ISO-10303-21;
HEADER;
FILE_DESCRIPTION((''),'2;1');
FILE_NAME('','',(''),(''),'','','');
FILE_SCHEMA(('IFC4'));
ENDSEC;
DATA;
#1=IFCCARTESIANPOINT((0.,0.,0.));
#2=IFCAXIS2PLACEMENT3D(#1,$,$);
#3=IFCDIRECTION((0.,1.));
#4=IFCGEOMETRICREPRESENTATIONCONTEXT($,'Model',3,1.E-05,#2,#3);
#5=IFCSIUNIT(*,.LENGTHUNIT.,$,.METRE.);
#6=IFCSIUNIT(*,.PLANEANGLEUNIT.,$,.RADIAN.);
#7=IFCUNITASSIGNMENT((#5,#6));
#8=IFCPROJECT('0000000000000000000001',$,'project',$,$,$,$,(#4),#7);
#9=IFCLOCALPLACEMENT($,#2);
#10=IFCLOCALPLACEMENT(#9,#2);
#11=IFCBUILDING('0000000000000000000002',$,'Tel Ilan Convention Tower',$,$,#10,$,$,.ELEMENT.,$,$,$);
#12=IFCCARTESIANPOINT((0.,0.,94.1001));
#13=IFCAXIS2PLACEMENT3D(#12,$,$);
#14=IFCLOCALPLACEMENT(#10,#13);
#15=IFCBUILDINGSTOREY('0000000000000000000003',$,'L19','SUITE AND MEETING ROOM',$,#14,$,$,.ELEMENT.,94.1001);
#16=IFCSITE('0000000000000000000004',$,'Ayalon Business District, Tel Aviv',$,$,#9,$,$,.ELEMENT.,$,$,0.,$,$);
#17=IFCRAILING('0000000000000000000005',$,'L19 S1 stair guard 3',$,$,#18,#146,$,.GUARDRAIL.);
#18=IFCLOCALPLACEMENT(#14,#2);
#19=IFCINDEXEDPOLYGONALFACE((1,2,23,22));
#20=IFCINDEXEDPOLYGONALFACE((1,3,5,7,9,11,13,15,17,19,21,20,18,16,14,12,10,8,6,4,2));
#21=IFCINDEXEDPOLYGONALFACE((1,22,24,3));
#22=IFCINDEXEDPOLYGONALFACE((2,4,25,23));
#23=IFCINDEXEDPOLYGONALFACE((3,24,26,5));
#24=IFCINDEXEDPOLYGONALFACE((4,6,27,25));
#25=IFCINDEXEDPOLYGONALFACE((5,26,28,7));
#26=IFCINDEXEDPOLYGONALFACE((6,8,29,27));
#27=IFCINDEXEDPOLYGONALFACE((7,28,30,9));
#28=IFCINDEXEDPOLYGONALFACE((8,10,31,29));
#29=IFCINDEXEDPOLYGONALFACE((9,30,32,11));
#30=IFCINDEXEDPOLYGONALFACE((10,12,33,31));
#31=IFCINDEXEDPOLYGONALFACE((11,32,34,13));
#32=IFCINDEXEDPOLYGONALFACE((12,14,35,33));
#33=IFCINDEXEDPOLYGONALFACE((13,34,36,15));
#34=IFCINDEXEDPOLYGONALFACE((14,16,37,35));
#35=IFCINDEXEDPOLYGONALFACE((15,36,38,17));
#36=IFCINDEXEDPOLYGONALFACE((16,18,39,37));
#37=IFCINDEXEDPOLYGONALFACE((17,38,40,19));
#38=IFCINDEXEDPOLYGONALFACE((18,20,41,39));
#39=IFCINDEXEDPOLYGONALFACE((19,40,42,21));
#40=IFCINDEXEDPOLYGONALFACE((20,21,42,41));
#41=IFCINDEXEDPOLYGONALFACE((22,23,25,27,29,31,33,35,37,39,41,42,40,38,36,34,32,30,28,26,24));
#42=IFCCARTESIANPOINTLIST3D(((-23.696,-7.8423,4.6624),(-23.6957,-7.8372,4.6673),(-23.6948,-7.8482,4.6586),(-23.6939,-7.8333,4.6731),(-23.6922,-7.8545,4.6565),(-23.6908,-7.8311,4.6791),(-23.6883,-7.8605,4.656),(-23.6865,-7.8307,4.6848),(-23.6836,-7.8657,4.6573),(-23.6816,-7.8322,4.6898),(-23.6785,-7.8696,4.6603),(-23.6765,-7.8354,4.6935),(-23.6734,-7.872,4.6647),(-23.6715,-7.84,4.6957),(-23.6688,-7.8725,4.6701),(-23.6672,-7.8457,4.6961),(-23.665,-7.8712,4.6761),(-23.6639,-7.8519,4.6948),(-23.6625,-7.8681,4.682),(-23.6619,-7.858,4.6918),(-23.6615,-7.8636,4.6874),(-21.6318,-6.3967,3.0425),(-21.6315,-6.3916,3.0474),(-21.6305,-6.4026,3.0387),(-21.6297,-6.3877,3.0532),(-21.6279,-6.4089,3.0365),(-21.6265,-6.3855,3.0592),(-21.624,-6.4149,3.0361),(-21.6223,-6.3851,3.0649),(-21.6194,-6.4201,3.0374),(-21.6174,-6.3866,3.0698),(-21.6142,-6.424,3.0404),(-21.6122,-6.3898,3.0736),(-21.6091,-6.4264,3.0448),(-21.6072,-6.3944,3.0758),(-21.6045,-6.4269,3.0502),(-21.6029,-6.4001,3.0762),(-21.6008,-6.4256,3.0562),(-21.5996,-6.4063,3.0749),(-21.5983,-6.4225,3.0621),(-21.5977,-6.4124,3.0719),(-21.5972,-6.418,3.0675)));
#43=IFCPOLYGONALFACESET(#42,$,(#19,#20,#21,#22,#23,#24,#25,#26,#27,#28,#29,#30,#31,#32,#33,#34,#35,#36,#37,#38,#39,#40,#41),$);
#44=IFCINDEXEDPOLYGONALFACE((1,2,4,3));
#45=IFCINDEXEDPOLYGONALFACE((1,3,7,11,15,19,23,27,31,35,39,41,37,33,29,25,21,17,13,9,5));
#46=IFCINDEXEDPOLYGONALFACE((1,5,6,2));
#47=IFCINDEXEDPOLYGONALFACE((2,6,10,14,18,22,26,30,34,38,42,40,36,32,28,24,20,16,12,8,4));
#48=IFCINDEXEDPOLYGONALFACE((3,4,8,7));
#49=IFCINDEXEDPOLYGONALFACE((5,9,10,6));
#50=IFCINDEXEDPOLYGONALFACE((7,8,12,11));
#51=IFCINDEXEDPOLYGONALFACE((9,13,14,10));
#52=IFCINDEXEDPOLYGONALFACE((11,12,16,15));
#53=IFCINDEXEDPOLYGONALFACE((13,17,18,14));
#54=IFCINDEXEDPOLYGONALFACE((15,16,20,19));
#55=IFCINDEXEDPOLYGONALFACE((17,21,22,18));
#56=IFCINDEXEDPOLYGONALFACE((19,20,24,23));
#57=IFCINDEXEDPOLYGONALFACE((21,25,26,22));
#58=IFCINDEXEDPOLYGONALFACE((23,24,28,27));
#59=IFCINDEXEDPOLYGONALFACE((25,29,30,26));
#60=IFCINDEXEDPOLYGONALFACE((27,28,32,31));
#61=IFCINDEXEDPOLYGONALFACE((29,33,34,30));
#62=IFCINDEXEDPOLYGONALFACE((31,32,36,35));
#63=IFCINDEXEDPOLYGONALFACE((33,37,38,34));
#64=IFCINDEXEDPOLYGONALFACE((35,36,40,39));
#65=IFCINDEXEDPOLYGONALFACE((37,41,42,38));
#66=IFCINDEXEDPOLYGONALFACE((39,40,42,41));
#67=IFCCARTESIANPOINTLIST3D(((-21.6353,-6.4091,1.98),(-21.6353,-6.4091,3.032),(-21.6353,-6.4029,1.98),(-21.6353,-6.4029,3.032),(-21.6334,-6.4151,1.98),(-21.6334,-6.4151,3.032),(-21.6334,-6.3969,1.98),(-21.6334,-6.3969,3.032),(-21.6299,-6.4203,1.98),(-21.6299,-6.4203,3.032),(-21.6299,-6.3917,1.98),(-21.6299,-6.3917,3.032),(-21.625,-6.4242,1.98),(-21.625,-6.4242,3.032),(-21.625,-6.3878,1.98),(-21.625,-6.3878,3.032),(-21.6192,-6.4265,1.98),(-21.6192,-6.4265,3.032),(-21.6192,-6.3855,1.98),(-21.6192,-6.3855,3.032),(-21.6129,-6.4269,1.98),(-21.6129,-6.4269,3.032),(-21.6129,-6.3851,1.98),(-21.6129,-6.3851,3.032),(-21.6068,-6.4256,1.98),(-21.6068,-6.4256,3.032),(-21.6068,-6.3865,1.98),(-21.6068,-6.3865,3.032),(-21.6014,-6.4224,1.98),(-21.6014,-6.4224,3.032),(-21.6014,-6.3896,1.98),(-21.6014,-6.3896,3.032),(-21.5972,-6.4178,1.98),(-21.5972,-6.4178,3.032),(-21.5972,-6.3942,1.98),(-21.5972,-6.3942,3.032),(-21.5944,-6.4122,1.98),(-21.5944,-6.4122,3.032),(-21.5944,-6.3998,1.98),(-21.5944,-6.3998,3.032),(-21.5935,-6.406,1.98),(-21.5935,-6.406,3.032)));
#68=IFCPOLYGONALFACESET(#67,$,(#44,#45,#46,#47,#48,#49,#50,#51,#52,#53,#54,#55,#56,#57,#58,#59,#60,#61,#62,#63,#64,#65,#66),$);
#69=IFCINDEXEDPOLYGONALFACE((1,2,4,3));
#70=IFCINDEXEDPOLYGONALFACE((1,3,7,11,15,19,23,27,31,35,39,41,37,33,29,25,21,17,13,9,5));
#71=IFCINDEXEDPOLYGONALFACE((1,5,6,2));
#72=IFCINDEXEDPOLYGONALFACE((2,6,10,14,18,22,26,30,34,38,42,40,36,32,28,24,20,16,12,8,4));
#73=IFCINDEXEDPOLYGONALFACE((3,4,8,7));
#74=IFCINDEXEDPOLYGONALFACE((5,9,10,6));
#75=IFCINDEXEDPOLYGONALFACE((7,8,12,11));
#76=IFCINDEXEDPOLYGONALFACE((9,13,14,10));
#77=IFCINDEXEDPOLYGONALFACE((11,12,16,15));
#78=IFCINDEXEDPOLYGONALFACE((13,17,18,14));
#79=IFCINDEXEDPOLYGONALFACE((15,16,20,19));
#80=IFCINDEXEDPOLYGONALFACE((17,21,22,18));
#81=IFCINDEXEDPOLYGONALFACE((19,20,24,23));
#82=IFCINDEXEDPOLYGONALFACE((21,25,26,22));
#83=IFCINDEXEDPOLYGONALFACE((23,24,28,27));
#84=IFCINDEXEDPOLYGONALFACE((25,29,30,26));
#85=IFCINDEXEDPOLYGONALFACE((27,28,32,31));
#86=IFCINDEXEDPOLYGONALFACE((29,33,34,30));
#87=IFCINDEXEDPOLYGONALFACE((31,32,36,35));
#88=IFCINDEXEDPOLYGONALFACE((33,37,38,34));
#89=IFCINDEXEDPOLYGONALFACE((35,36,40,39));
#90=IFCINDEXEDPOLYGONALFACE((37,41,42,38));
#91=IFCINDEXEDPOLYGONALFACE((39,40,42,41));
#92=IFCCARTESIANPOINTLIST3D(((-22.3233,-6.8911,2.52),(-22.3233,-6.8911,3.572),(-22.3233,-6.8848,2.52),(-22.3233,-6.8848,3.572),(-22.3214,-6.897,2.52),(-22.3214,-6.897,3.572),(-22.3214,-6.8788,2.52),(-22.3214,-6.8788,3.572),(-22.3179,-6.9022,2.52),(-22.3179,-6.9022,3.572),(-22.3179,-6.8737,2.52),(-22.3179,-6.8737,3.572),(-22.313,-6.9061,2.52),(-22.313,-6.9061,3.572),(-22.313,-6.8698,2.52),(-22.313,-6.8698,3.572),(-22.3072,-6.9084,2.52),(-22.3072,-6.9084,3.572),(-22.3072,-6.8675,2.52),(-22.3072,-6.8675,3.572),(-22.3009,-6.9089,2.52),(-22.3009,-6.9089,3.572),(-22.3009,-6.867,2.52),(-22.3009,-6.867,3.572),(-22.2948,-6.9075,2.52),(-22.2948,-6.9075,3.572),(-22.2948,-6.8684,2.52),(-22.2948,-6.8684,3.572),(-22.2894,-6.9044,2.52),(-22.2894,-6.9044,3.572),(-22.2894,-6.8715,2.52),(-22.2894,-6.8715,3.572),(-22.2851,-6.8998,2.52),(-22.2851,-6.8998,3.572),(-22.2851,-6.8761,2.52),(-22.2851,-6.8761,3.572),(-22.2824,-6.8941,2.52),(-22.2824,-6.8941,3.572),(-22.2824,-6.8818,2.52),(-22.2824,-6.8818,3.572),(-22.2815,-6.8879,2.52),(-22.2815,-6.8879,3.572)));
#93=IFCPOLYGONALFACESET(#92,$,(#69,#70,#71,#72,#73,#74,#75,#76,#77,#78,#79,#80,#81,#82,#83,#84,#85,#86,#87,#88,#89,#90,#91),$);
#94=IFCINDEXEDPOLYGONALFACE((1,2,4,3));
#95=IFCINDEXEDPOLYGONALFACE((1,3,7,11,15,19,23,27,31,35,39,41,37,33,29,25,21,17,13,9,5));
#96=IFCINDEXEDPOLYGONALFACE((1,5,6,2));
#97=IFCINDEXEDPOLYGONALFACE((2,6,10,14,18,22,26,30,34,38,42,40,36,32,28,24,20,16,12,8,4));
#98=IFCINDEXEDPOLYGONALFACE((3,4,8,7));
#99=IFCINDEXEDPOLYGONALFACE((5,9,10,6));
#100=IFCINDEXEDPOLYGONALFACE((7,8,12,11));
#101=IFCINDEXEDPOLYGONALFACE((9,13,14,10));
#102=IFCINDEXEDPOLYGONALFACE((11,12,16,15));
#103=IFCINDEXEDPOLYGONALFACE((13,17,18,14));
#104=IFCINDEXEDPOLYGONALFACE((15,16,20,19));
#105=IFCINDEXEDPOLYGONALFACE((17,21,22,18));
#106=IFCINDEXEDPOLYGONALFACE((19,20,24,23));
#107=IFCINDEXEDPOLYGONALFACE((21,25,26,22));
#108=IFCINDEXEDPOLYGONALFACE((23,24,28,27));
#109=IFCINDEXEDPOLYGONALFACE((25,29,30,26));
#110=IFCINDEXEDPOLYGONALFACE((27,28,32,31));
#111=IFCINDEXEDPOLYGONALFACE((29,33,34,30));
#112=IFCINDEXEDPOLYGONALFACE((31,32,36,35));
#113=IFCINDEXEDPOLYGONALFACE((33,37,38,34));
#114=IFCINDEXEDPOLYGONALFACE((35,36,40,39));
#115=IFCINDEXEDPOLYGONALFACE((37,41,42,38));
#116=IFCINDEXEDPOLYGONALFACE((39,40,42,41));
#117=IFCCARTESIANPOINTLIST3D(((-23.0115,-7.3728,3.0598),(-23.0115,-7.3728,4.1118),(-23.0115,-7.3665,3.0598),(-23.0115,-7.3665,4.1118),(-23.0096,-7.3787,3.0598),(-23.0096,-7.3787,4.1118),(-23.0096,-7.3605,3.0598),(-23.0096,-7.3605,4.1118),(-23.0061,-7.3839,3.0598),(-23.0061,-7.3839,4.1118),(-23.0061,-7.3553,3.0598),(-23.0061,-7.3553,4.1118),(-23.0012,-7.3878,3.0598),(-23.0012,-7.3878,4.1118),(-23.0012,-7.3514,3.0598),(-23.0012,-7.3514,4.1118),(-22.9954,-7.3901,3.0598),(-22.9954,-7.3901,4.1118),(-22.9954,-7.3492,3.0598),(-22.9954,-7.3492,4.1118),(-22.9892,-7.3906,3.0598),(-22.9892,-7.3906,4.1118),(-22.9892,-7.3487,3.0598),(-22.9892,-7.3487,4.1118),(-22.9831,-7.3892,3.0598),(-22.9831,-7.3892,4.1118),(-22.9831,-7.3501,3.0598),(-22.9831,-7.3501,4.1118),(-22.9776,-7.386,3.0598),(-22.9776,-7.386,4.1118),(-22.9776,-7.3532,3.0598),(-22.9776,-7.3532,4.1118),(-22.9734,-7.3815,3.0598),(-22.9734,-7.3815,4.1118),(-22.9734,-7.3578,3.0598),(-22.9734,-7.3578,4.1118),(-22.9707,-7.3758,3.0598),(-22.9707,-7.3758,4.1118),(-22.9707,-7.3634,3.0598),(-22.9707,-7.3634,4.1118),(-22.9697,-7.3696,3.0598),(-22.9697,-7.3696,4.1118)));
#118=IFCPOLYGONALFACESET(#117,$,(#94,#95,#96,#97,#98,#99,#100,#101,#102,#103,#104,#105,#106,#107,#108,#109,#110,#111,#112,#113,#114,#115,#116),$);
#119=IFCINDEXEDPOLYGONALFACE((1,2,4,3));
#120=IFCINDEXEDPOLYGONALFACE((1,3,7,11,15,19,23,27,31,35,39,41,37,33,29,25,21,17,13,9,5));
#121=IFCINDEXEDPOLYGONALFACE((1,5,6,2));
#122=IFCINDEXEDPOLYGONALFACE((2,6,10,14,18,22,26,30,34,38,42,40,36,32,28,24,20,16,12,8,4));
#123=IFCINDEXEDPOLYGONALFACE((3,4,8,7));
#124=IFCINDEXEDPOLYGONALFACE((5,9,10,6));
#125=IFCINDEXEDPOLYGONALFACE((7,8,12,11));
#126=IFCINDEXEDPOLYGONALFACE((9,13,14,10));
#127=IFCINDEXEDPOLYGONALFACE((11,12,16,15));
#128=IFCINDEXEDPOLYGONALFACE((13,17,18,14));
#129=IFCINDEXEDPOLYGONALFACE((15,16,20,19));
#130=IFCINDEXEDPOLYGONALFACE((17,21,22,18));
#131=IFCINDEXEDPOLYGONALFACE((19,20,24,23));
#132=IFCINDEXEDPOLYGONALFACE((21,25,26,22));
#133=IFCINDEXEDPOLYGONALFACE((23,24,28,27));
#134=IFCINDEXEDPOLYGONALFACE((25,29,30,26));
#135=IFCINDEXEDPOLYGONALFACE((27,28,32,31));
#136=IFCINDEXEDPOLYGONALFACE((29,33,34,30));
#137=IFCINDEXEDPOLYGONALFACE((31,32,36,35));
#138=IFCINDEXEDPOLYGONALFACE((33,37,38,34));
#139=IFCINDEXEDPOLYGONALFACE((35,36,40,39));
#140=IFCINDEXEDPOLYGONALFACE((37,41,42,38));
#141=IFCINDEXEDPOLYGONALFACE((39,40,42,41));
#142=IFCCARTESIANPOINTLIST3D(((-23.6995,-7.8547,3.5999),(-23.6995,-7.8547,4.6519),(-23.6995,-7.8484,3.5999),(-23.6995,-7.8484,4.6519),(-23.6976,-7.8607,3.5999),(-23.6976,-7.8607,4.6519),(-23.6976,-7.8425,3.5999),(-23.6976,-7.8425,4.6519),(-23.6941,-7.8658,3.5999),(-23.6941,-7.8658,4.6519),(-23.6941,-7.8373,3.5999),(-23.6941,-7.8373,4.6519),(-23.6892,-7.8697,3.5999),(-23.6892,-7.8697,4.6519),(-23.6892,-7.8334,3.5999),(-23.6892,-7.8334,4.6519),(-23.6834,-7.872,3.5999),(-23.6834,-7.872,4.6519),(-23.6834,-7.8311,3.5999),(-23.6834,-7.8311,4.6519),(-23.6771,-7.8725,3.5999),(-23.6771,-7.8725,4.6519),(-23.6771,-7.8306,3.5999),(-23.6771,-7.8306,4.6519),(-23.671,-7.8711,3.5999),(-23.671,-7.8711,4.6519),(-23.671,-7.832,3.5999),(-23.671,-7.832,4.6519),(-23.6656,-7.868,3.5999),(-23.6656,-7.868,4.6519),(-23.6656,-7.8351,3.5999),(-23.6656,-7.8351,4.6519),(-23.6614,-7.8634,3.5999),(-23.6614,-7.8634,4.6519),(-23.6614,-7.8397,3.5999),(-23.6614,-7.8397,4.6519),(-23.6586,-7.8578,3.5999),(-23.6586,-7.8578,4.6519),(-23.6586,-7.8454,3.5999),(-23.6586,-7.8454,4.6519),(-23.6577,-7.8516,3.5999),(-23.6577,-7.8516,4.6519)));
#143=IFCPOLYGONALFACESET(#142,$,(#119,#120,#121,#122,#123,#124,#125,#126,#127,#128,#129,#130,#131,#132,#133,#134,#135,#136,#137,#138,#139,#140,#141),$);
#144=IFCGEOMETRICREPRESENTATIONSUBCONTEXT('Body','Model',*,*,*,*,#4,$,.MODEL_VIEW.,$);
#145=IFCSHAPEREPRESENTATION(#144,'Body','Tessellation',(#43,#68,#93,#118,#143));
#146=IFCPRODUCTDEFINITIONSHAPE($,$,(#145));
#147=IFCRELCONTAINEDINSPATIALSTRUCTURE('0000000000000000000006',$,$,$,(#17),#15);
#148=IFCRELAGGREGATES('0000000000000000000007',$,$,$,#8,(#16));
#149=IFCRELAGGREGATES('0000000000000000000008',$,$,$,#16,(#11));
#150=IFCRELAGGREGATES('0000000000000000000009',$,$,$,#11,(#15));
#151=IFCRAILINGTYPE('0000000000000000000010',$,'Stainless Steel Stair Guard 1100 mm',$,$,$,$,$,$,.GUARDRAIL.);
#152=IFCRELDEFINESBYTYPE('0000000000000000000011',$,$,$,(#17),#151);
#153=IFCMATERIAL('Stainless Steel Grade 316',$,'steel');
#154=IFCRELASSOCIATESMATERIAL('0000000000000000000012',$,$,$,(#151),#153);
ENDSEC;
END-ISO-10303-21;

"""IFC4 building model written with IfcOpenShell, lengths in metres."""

from ifc_helpers import new_model, si_unit, direction, frame, origin, origin_2d, place, context, subcontext, project, spatial, circle, extrude, material, type_object, element, save


model = new_model("IFC4")

# Units and contexts
model_context = context("Model", 3, precision=1e-05, world=origin(), true_north=direction((0.0, 1.0)))
body_context = subcontext(model_context, "Body", "Model", "MODEL_VIEW")
ifc_project = project(units=[si_unit("LENGTHUNIT", "METRE"), si_unit("PLANEANGLEUNIT", "RADIAN")], contexts=[model_context])

# Site, building, storey
site_placement = place(None, origin())
site = spatial("IfcSite", under=ifc_project, at=site_placement, Name="Ayalon Business District, Tel Aviv", CompositionType="ELEMENT", RefElevation=0.0)
building_placement = place(site_placement, origin())
building = spatial("IfcBuilding", under=site, at=building_placement, Name="Tel Ilan Convention Tower", CompositionType="ELEMENT")
storey_placement = place(building_placement, frame((0.0, 0.0, 94.1001)))
storey = spatial("IfcBuildingStorey", under=building, at=storey_placement, Name="L19", Description="SUITE AND MEETING ROOM", CompositionType="ELEMENT", Elevation=94.1001)

# Railing
ifc_material_1 = material(Name="Stainless Steel Grade 316", Category="steel")
railing_type_1 = type_object("IfcRailingType", Name="Stainless Steel Stair Guard 1100 mm", PredefinedType="GUARDRAIL", material=ifc_material_1)
railing_1_placement = place(storey_placement, frame((-21.6145, -6.406, 1.98)))
element("IfcRailing", 1, at=railing_1_placement, inside=storey, type_object=railing_type_1, Name="L19 S1 stair guard 3", PredefinedType="GUARDRAIL", context=body_context, shape_type="SweptSolid", body=[
    extrude(circle(Radius=0.0239, at=origin_2d()), frame((0.0, 0.0, 1.0762), z_axis=(-0.689043, -0.482534, 0.540722), x_axis=(0.573625, -0.819118, 0.0)), (0.0, 0.0, 1.0), 2.9958),
    extrude(circle(Radius=0.021, at=origin_2d()), origin(), (0.0, 0.0, 1.0), 1.052),
    extrude(circle(Radius=0.021, at=origin_2d()), frame((-0.688, -0.4819, 0.54)), (0.0, 0.0, 1.0), 1.052),
    extrude(circle(Radius=0.021, at=origin_2d()), frame((-1.3762, -0.9636, 1.0798)), (0.0, 0.0, 1.0), 1.052),
    extrude(circle(Radius=0.021, at=origin_2d()), frame((-2.0642, -1.4456, 1.6199)), (0.0, 0.0, 1.0), 1.052),
])

save(model, "model.ifc")
